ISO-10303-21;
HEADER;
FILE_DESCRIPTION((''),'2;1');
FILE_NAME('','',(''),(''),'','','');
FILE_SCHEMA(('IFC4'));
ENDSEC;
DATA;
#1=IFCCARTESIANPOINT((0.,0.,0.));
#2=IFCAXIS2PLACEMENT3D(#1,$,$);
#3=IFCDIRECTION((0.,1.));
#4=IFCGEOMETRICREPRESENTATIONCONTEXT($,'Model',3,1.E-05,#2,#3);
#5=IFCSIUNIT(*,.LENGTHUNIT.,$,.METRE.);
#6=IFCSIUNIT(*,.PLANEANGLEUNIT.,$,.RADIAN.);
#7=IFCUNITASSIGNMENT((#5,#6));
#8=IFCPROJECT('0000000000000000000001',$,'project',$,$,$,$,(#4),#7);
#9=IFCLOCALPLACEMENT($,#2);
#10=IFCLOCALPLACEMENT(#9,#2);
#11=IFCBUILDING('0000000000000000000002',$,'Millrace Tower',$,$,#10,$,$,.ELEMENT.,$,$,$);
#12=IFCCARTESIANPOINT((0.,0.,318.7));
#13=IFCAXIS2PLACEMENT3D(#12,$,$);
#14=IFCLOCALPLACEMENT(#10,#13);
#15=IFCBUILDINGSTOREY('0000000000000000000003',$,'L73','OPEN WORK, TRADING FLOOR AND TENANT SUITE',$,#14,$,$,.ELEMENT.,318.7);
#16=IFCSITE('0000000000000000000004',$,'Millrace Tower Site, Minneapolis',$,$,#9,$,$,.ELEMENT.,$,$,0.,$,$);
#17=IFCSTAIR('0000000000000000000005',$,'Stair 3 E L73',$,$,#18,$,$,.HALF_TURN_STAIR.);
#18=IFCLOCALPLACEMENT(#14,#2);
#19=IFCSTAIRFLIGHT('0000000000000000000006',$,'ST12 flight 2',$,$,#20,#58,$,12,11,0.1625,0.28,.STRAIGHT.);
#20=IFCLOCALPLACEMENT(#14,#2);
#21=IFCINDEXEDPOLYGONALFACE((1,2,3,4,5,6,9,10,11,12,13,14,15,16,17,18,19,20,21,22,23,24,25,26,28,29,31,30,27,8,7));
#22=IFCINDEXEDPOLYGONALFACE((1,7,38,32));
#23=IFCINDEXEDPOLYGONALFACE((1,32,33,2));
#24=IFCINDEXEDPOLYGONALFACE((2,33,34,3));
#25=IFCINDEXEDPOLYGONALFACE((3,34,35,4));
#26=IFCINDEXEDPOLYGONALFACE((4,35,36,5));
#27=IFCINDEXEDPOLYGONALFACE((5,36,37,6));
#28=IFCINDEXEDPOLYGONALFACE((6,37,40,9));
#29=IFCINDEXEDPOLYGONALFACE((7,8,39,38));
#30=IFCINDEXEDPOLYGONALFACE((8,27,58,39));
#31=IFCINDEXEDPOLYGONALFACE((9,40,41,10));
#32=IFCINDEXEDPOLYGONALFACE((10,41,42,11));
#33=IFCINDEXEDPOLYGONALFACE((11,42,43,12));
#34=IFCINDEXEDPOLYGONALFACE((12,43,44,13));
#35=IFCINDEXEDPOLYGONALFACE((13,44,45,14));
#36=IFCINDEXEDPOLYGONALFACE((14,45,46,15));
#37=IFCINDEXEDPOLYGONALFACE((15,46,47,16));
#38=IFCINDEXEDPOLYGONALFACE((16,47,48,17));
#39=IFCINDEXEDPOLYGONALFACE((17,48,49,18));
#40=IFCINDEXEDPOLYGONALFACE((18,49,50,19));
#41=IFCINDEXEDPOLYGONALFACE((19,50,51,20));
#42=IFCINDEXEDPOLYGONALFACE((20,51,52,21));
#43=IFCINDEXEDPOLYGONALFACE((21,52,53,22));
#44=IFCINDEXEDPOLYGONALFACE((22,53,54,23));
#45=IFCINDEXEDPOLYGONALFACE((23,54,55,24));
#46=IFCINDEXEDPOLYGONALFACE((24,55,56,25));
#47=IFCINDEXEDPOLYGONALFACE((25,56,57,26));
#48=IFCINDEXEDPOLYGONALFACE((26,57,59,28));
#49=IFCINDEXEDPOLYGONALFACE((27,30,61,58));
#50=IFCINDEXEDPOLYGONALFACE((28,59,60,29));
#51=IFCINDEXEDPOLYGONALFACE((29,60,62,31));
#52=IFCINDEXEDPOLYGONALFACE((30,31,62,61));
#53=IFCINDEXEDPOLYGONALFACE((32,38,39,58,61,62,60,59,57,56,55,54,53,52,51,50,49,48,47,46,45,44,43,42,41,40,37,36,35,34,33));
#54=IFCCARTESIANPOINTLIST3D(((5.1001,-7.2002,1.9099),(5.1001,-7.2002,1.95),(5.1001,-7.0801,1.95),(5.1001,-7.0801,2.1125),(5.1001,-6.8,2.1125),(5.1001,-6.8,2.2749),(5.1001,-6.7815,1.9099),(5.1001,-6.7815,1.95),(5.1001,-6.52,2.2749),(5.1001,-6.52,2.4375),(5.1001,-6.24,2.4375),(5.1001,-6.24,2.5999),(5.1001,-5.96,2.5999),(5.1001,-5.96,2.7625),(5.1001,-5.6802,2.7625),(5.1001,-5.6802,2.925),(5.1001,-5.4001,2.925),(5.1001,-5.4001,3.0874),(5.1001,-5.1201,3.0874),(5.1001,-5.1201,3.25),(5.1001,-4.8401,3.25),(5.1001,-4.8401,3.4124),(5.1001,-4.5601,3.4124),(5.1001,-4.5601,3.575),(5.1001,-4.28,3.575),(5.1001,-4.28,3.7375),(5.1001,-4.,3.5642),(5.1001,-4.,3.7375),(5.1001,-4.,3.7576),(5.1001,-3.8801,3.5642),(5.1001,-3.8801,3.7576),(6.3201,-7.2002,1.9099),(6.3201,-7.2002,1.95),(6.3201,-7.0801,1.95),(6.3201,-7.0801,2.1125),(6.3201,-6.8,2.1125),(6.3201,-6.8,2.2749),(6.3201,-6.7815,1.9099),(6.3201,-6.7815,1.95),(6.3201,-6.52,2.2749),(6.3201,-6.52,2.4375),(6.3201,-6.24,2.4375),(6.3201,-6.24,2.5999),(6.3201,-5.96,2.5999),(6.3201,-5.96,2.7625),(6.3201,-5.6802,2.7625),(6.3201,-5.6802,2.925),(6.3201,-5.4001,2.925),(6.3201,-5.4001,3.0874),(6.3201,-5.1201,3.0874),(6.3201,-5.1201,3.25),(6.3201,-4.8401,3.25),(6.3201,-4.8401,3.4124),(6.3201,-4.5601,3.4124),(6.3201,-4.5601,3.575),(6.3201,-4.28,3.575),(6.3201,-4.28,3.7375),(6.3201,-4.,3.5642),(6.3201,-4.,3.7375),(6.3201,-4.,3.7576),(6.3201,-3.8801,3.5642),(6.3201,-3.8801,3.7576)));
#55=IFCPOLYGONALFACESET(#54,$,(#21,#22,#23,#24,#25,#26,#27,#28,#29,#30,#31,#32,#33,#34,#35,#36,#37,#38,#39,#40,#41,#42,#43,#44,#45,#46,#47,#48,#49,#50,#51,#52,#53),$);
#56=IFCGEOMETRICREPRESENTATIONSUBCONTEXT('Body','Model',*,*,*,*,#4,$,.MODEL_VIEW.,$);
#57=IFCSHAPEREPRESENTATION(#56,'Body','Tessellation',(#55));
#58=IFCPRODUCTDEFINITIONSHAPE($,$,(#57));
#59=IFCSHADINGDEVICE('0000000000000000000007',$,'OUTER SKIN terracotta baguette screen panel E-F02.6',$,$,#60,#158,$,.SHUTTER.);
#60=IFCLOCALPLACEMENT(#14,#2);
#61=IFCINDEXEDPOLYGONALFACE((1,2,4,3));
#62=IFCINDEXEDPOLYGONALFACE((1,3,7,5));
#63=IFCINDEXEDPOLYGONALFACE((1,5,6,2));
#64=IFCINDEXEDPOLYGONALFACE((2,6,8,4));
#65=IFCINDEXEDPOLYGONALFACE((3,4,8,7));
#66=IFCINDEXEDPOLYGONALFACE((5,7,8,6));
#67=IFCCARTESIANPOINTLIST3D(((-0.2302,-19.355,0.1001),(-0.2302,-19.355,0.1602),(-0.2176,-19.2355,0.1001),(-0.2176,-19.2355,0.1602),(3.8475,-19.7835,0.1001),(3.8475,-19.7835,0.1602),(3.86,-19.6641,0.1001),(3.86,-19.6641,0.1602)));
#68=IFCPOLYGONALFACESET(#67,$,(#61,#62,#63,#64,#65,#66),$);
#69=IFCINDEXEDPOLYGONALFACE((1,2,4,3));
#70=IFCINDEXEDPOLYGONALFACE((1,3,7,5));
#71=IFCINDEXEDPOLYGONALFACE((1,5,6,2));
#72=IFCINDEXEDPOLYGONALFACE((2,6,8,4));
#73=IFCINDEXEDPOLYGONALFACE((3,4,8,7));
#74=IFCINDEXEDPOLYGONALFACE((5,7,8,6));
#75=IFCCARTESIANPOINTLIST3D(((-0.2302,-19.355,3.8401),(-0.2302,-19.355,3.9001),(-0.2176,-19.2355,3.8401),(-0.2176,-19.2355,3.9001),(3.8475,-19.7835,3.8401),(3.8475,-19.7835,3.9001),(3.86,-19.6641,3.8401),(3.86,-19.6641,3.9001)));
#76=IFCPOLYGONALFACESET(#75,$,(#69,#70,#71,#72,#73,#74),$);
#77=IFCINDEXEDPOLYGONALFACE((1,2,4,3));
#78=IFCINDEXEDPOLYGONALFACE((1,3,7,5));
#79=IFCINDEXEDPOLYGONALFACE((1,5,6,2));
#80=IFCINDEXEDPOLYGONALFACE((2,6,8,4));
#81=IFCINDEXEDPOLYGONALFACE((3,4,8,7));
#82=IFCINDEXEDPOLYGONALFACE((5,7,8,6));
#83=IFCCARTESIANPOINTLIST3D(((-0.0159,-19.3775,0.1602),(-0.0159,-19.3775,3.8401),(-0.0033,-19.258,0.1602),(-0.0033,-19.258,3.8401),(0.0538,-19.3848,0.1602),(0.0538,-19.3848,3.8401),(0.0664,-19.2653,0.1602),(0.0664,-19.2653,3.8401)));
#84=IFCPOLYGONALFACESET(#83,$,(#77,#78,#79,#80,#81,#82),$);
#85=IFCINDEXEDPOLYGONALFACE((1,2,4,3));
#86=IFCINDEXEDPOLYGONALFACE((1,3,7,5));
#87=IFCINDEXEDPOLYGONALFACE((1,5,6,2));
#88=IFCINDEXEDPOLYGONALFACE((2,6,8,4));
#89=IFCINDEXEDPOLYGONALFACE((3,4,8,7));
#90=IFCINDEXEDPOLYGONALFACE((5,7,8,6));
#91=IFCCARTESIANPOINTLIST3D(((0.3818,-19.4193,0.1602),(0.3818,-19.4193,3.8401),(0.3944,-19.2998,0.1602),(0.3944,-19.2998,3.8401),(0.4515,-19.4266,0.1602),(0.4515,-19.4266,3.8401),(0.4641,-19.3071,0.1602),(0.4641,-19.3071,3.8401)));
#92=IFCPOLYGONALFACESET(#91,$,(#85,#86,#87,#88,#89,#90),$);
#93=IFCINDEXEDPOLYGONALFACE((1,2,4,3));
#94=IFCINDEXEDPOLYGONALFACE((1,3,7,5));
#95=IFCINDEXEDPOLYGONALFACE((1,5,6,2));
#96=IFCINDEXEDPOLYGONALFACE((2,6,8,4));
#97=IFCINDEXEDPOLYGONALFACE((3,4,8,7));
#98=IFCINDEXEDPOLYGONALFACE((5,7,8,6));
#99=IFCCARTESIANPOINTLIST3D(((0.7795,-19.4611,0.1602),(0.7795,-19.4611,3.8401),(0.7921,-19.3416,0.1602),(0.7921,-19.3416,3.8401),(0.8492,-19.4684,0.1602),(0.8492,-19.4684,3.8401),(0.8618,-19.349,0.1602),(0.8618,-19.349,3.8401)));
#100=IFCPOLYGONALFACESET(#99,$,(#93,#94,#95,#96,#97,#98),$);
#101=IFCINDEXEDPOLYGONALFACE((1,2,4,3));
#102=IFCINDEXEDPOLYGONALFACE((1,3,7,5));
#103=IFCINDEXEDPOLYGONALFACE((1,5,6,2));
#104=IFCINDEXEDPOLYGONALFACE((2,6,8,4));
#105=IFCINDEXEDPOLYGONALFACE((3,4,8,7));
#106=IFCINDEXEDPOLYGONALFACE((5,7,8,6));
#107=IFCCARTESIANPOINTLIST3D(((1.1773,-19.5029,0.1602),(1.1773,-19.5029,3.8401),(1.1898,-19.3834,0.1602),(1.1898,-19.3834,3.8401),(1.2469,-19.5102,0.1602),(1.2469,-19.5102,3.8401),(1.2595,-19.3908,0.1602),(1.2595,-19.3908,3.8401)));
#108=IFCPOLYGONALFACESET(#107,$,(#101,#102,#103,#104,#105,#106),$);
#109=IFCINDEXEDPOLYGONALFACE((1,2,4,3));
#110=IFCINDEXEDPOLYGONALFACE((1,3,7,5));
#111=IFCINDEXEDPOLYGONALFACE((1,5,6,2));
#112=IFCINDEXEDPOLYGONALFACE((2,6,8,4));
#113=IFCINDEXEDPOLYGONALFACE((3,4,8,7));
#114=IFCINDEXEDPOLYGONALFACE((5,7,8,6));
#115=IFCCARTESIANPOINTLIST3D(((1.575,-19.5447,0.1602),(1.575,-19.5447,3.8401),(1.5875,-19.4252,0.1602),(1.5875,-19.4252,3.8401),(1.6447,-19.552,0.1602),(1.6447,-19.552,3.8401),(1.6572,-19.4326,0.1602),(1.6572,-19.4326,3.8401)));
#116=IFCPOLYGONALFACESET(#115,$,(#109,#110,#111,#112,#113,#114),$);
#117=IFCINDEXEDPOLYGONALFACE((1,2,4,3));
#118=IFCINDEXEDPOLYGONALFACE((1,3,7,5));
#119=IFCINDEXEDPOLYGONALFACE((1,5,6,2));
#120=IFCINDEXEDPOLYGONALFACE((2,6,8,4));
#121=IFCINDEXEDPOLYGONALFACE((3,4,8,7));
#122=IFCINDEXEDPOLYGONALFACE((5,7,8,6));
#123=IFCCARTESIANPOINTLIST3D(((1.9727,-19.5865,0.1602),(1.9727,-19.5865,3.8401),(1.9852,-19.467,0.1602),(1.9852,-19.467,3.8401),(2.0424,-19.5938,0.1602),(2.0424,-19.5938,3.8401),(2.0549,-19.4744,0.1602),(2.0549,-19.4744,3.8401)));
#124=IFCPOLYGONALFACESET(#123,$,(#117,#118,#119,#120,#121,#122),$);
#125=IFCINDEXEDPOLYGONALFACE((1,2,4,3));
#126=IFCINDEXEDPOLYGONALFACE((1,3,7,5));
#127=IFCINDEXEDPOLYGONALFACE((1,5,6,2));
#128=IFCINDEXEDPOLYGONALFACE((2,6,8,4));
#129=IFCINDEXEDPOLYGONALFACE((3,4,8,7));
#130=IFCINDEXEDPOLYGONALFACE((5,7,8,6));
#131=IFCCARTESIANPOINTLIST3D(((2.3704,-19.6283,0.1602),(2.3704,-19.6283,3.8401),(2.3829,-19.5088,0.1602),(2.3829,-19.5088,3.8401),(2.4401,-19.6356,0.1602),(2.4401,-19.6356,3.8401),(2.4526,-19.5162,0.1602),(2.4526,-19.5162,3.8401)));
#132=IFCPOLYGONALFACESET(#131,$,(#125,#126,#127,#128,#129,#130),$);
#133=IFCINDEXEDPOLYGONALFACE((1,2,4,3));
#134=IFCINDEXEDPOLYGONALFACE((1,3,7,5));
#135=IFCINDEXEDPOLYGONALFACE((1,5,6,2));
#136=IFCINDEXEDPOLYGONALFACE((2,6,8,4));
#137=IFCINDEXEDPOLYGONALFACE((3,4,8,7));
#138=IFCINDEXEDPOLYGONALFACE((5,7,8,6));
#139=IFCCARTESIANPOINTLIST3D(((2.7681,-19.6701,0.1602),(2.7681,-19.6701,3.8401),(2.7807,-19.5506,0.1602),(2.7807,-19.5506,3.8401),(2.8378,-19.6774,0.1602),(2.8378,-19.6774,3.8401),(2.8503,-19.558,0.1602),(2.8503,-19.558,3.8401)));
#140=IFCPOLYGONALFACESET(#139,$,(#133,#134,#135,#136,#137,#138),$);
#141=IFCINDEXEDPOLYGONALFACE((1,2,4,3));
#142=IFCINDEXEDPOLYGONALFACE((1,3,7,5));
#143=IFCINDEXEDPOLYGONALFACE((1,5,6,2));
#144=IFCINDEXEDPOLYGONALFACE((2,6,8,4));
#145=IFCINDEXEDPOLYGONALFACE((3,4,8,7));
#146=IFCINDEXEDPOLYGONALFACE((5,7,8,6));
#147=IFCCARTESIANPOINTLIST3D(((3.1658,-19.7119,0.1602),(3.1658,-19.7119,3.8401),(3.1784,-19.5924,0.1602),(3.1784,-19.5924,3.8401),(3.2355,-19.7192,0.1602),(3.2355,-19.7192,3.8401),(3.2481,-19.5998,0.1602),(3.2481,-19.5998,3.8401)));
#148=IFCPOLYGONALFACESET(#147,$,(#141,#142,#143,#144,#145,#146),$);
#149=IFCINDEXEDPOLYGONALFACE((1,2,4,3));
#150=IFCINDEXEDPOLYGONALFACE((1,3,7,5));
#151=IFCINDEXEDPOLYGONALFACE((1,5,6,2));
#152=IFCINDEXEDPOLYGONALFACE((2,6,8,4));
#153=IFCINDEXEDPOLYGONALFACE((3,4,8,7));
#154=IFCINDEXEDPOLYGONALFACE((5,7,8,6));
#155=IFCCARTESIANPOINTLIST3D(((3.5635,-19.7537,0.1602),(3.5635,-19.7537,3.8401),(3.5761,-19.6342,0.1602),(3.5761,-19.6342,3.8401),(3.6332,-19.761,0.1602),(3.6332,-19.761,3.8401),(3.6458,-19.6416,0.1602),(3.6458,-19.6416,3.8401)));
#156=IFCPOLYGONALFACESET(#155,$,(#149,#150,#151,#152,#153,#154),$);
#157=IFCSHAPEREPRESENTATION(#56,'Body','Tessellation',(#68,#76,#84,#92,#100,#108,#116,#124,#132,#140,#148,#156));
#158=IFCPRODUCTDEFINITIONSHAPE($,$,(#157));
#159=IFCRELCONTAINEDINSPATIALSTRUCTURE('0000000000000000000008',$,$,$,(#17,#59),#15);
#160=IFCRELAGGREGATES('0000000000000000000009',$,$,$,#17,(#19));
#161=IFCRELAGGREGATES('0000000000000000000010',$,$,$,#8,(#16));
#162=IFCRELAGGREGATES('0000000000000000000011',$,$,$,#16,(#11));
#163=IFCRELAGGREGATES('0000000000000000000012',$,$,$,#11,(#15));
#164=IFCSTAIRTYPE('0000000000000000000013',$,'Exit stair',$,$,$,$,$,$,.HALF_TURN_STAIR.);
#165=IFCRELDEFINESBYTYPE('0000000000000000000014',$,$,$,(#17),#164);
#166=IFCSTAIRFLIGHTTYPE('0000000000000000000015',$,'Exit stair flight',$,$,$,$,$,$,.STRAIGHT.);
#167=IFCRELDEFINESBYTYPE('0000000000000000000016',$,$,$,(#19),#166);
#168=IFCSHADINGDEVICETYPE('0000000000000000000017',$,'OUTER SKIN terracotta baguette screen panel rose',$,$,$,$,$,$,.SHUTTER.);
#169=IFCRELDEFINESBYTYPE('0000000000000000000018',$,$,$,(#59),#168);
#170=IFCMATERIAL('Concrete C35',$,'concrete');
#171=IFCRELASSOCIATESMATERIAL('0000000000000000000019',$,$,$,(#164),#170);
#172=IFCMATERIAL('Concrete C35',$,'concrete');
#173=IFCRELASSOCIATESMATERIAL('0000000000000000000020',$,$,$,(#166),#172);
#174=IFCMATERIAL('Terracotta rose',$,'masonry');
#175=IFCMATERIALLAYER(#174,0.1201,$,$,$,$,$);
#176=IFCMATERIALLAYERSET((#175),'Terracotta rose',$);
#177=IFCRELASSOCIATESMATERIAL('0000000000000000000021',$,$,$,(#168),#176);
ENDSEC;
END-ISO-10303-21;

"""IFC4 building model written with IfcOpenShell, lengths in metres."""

from ifc_helpers import new_model, entity, si_unit, direction, frame, frame_2d, origin, place, context, subcontext, project, spatial, polyline, rectangle, outline, extrude, source, transform, mapped, material, layer, layer_set, type_object, element, aggregate, save


model = new_model("IFC4")

# Units and contexts
model_context = context("Model", 3, precision=1e-05, world=origin(), true_north=direction((0.0, 1.0)))
body_context = subcontext(model_context, "Body", "Model", "MODEL_VIEW")
ifc_project = project(units=[si_unit("LENGTHUNIT", "METRE"), si_unit("PLANEANGLEUNIT", "RADIAN")], contexts=[model_context])

# Site, building, storey
site_placement = place(None, origin())
site = spatial("IfcSite", under=ifc_project, at=site_placement, Name="Millrace Tower Site, Minneapolis", CompositionType="ELEMENT", RefElevation=0.0)
building_placement = place(site_placement, origin())
building = spatial("IfcBuilding", under=site, at=building_placement, Name="Millrace Tower", CompositionType="ELEMENT")
storey_placement = place(building_placement, frame((0.0, 0.0, 318.7)))
storey = spatial("IfcBuildingStorey", under=building, at=storey_placement, Name="L73", Description="OPEN WORK, TRADING FLOOR AND TENANT SUITE", CompositionType="ELEMENT", Elevation=318.7)

# Shared definitions
placement = place(storey_placement, origin())

# Stair, stair flight
ifc_material_1 = material(Name="Concrete C35", Category="concrete")
stair_type = type_object("IfcStairType", Name="Exit stair", PredefinedType="HALF_TURN_STAIR", material=ifc_material_1)
ifc_material_2 = material(Name="Concrete C35", Category="concrete")
stair_flight_type = type_object("IfcStairFlightType", Name="Exit stair flight", PredefinedType="STRAIGHT", material=ifc_material_2)
stair_1 = element("IfcStair", 1, at=placement, inside=storey, type_object=stair_type, Name="Stair 3 E L73", PredefinedType="HALF_TURN_STAIR")
stair_flight_1_placement = place(storey_placement, frame((5.71, -7.0801, 1.95), z_axis=(0.0, 0.0, 1.0), x_axis=(0.0, 1.0, 0.0)))
stair_flight_1 = element("IfcStairFlight", 2, at=stair_flight_1_placement, type_object=stair_flight_type, Name="ST12 flight 2", NumberOfRisers=12, NumberOfTreads=11, PredefinedType="STRAIGHT", RiserHeight=0.1625, TreadLength=0.28, context=body_context, shape_type="SweptSolid", body=[
    extrude(outline(polyline([(-0.1201, -0.04), (-0.1201, 0.0), (0.0, 0.0), (0.0, 0.1626), (0.28, 0.1626), (0.28, 0.325), (0.5601, 0.325), (0.5601, 0.4875), (0.8401, 0.4875), (0.8401, 0.6499), (1.1201, 0.6499), (1.1201, 0.8125), (1.3999, 0.8125), (1.3999, 0.9751), (1.6799, 0.9751), (1.6799, 1.1375), (1.96, 1.1375), (1.96, 1.3), (2.24, 1.3), (2.24, 1.4624), (2.52, 1.4624), (2.52, 1.625), (2.8, 1.625), (2.8, 1.7876), (3.0801, 1.7876), (3.0801, 1.8076), (3.2, 1.8076), (3.2, 1.6143), (3.0801, 1.6143), (0.2986, 0.0), (0.2986, -0.04), (-0.1201, -0.04)])), frame((0.0, 0.6099, 0.0), z_axis=(0.0, -1.0, 0.0), x_axis=(1.0, 0.0, 0.0)), (0.0, 0.0, 1.0), 1.22),
])
aggregate(stair_1, [stair_flight_1])

# Shading device
ifc_material_3 = material(Name="Terracotta rose", Category="masonry")
ifc_layer_1 = layer(ifc_material_3, 0.1201)
ifc_layer_set_1 = layer_set([ifc_layer_1], Name="Terracotta rose")
shading_device_type = type_object("IfcShadingDeviceType", Name="OUTER SKIN terracotta baguette screen panel rose", PredefinedType="SHUTTER", material=ifc_layer_set_1)
cartesian_point = entity("IfcCartesianPoint", [-2.05, 0.0601])
shared_polyline = entity("IfcPolyline", [cartesian_point, entity("IfcCartesianPoint", [2.05, 0.0601]), entity("IfcCartesianPoint", [2.05, -0.0601]), entity("IfcCartesianPoint", [-2.05, -0.0601]), cartesian_point])
shared_shape = source(origin(), body_context, "Body", "SweptSolid", [
    entity("IfcExtrudedAreaSolid", entity("IfcArbitraryClosedProfileDef", "AREA", None, shared_polyline), entity("IfcAxis2Placement3D", entity("IfcCartesianPoint", [0.0, 0.0, 0.0])), entity("IfcDirection", [0.0, 0.0, 1.0]), 0.0601),
    entity("IfcExtrudedAreaSolid", entity("IfcArbitraryClosedProfileDef", "AREA", None, shared_polyline), entity("IfcAxis2Placement3D", entity("IfcCartesianPoint", [0.0, 0.0, 3.74])), entity("IfcDirection", [0.0, 0.0, 1.0]), 0.0601),
    extrude(rectangle(XDim=0.0701, YDim=0.1201, at=frame_2d((-1.7996, 0.0))), frame((0.0, 0.0, 0.0601)), (0.0, 0.0, 1.0), 3.6799),
    extrude(rectangle(XDim=0.0701, YDim=0.1201, at=frame_2d((-1.3997, 0.0))), frame((0.0, 0.0, 0.0601)), (0.0, 0.0, 1.0), 3.6799),
    extrude(rectangle(XDim=0.0701, YDim=0.1201, at=frame_2d((-0.9998, 0.0))), frame((0.0, 0.0, 0.0601)), (0.0, 0.0, 1.0), 3.6799),
    extrude(rectangle(XDim=0.0701, YDim=0.1201, at=frame_2d((-0.5999, 0.0))), frame((0.0, 0.0, 0.0601)), (0.0, 0.0, 1.0), 3.6799),
    extrude(rectangle(XDim=0.0701, YDim=0.1201, at=frame_2d((-0.2, 0.0))), frame((0.0, 0.0, 0.0601)), (0.0, 0.0, 1.0), 3.6799),
    extrude(rectangle(XDim=0.0701, YDim=0.1201, at=frame_2d((0.2, 0.0))), frame((0.0, 0.0, 0.0601)), (0.0, 0.0, 1.0), 3.6799),
    extrude(rectangle(XDim=0.0701, YDim=0.1201, at=frame_2d((0.5999, 0.0))), frame((0.0, 0.0, 0.0601)), (0.0, 0.0, 1.0), 3.6799),
    extrude(rectangle(XDim=0.0701, YDim=0.1201, at=frame_2d((0.9998, 0.0))), frame((0.0, 0.0, 0.0601)), (0.0, 0.0, 1.0), 3.6799),
    extrude(rectangle(XDim=0.0701, YDim=0.1201, at=frame_2d((1.3997, 0.0))), frame((0.0, 0.0, 0.0601)), (0.0, 0.0, 1.0), 3.6799),
    extrude(rectangle(XDim=0.0701, YDim=0.1201, at=frame_2d((1.7996, 0.0))), frame((0.0, 0.0, 0.0601)), (0.0, 0.0, 1.0), 3.6799),
])
for number, where, z_axis, x_axis, name in (
    (3, (1.8149, -19.5095, 0.1001), (0.0, 0.0, 1.0), (0.994522, -0.104528, 0.0), "OUTER SKIN terracotta baguette screen panel E-F02.6"),
):
    element("IfcShadingDevice", number, at=place(storey_placement, frame(where, z_axis=z_axis, x_axis=x_axis)), inside=storey, type_object=shading_device_type, Name=name, PredefinedType="SHUTTER", context=body_context, shape_type="MappedRepresentation", body=[
        mapped(shared_shape, transform((0.0, 0.0, 0.0), scale=1.0)),
    ])

save(model, "model.ifc")
